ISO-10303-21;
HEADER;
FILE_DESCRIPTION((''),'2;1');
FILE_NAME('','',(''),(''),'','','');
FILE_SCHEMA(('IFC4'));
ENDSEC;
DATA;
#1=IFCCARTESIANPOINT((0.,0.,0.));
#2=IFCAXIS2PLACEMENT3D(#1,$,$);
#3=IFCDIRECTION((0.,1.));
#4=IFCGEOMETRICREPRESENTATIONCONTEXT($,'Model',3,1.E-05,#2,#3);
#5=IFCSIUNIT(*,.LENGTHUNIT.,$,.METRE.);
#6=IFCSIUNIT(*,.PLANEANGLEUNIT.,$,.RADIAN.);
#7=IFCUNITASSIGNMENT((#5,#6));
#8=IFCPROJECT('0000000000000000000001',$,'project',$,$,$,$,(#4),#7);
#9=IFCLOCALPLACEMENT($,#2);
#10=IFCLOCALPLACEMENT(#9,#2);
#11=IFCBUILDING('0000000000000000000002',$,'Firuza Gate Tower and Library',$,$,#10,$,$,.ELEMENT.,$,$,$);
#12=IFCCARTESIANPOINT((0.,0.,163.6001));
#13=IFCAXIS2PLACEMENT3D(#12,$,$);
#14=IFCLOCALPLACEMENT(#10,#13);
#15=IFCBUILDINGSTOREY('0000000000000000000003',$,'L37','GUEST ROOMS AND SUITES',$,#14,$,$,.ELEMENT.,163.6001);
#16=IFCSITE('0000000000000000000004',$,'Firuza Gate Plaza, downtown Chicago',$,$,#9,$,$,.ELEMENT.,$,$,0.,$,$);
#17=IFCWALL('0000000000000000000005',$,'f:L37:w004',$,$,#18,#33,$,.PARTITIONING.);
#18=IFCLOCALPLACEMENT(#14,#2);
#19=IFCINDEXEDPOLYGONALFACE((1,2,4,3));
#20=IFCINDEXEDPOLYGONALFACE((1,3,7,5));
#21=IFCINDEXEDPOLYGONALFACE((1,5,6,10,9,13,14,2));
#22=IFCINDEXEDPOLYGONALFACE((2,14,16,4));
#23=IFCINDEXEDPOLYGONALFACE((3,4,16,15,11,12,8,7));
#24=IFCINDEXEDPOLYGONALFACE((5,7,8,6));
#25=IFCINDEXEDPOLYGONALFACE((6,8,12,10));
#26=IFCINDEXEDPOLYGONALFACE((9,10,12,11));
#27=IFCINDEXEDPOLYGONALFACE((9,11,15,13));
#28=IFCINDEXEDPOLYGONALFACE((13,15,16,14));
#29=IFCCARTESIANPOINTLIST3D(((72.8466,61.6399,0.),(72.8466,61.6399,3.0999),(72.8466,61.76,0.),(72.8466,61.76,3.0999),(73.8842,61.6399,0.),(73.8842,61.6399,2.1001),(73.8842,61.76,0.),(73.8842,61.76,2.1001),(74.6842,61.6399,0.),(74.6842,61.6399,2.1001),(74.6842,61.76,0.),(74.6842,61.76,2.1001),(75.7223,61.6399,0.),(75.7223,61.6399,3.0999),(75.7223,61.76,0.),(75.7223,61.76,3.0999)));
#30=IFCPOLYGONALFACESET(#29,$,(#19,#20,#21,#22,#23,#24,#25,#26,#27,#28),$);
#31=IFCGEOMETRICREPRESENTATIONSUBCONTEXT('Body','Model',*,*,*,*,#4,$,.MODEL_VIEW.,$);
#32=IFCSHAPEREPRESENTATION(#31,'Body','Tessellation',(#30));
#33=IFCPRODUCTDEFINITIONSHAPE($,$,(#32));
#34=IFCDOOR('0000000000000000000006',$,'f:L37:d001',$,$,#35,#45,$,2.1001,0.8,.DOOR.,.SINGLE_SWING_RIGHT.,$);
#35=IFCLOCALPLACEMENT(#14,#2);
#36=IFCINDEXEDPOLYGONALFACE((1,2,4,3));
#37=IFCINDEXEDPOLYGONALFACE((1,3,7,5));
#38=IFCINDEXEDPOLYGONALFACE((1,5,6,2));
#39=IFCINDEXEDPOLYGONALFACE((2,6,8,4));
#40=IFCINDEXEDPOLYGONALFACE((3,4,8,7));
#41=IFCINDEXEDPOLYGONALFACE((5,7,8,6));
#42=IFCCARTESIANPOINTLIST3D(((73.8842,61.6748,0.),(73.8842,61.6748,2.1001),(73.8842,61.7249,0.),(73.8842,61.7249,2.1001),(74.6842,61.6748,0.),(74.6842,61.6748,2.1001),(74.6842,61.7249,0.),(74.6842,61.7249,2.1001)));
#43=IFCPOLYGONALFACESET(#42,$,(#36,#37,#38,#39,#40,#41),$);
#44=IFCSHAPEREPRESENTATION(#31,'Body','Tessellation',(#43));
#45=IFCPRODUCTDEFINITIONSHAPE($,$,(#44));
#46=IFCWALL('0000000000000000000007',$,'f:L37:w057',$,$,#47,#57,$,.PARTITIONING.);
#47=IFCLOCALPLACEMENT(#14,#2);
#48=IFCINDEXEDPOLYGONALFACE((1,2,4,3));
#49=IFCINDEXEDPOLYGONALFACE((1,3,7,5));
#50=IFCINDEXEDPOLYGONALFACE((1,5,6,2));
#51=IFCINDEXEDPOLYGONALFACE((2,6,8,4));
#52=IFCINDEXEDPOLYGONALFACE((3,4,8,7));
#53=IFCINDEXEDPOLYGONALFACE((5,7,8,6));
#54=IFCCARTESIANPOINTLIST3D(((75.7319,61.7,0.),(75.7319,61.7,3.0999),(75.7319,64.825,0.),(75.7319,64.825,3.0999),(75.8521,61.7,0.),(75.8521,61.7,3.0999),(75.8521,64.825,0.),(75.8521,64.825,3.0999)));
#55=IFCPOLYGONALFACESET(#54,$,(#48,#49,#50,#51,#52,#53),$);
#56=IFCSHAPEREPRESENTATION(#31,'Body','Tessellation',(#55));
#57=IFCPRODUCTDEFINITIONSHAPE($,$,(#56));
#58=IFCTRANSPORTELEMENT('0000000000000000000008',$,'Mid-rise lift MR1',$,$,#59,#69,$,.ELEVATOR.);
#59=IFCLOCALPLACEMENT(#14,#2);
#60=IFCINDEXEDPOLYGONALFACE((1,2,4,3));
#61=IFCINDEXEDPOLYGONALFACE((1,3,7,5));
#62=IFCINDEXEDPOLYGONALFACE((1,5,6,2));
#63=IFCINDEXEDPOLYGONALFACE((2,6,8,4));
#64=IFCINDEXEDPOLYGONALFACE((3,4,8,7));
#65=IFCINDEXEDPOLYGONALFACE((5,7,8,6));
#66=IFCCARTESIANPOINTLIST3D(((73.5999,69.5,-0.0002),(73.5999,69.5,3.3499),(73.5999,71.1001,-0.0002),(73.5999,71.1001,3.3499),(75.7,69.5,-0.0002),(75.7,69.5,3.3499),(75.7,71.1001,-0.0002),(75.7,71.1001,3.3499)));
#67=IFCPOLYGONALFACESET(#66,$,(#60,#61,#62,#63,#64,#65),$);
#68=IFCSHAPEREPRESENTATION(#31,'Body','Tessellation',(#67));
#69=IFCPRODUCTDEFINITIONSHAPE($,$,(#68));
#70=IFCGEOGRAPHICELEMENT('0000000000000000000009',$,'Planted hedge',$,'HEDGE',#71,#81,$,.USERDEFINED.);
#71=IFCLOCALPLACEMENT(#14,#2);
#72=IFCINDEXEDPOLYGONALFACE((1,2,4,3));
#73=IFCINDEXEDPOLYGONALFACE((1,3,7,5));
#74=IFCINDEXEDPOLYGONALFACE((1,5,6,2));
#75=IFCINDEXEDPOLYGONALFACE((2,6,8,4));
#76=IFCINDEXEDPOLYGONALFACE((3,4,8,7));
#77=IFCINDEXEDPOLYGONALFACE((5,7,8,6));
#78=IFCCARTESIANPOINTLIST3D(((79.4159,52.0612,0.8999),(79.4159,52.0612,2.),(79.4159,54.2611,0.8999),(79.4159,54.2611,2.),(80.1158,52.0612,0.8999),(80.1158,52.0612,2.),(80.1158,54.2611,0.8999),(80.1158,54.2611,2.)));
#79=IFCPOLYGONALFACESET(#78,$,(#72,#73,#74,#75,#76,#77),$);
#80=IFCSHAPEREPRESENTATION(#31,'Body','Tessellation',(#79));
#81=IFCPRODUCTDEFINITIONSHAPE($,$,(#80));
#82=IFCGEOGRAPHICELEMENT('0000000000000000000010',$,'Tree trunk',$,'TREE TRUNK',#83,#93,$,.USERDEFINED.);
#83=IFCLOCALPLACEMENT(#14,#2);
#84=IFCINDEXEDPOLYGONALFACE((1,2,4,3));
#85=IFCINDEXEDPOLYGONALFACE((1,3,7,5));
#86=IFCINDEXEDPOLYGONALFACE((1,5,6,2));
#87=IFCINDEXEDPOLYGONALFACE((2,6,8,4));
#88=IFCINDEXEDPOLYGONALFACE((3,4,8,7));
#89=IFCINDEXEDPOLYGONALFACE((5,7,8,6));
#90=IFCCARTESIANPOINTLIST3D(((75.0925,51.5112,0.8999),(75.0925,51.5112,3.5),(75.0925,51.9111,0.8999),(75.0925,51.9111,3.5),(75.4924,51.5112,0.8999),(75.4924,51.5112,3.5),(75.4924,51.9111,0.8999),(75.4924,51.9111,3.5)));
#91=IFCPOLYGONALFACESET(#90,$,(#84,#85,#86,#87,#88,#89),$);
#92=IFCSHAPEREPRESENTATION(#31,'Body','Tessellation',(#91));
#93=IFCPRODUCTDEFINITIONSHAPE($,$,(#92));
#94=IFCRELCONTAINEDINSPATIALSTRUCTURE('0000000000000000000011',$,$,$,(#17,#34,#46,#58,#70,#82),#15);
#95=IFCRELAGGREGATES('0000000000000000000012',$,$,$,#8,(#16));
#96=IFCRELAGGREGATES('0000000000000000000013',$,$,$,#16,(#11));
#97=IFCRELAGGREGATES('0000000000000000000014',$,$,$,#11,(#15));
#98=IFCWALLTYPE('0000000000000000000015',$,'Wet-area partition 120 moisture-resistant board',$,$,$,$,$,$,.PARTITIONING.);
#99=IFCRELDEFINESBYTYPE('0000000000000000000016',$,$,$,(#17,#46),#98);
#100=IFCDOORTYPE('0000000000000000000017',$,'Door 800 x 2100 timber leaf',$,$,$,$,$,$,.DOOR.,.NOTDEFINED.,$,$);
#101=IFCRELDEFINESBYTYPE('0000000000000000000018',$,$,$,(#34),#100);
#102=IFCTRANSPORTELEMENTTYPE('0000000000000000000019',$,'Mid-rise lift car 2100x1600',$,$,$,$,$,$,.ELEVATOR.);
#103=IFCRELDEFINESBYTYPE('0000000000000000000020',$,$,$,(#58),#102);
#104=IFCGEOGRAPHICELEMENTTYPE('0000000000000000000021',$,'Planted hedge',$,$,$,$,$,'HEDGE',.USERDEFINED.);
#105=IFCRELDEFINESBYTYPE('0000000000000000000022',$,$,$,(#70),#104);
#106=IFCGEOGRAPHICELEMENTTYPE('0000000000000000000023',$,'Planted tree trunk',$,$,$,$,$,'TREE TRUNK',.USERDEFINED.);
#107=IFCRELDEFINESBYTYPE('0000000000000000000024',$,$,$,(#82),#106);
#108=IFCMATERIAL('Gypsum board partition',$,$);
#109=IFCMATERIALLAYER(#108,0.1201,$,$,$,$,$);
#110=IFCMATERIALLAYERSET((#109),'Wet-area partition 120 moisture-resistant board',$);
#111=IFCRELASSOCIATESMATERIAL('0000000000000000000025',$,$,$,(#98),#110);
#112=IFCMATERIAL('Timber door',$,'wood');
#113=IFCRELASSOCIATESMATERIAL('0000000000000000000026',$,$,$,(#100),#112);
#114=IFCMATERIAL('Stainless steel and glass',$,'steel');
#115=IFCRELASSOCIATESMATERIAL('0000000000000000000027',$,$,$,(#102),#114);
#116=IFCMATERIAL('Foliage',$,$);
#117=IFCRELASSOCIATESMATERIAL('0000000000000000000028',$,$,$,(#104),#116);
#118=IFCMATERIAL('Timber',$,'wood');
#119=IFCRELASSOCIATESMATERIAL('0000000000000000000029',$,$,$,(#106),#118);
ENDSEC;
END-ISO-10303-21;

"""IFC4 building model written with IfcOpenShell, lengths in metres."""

from ifc_helpers import new_model, si_unit, direction, frame, frame_2d, origin, origin_2d, place, context, subcontext, project, spatial, rectangle, extrude, material, layer, layer_set, type_object, element, fill, save


model = new_model("IFC4")

# Units and contexts
model_context = context("Model", 3, precision=1e-05, world=origin(), true_north=direction((0.0, 1.0)))
body_context = subcontext(model_context, "Body", "Model", "MODEL_VIEW")
ifc_project = project(units=[si_unit("LENGTHUNIT", "METRE"), si_unit("PLANEANGLEUNIT", "RADIAN")], contexts=[model_context])

# Site, building, storey
site_placement = place(None, origin())
site = spatial("IfcSite", under=ifc_project, at=site_placement, Name="Firuza Gate Plaza, downtown Chicago", CompositionType="ELEMENT", RefElevation=0.0)
building_placement = place(site_placement, origin())
building = spatial("IfcBuilding", under=site, at=building_placement, Name="Firuza Gate Tower and Library", CompositionType="ELEMENT")
storey_placement = place(building_placement, frame((0.0, 0.0, 163.6001)))
storey = spatial("IfcBuildingStorey", under=building, at=storey_placement, Name="L37", Description="GUEST ROOMS AND SUITES", CompositionType="ELEMENT", Elevation=163.6001)

# Wall, opening, door
ifc_material_1 = material(Name="Gypsum board partition")
ifc_layer_1 = layer(ifc_material_1, 0.1201)
ifc_layer_set_1 = layer_set([ifc_layer_1], Name="Wet-area partition 120 moisture-resistant board")
wall_type_1 = type_object("IfcWallType", Name="Wet-area partition 120 moisture-resistant board", PredefinedType="PARTITIONING", material=ifc_layer_set_1)
wall_1_placement = place(storey_placement, frame((72.8464, 61.7, 0.0), z_axis=(0.0, 0.0, 1.0), x_axis=(1.0, 0.0, 0.0)))
wall_1 = element("IfcWall", 1, at=wall_1_placement, inside=storey, type_object=wall_type_1, Name="f:L37:w004", PredefinedType="PARTITIONING", context=body_context, shape_type="SweptSolid", body=[
    extrude(rectangle(XDim=2.8757, YDim=0.1201, at=frame_2d((1.438, 0.0))), origin(), (0.0, 0.0, 1.0), 3.0999),
])
opening_placement = place(wall_1_placement, frame((1.0378, 0.0, 0.0)))
opening = element("IfcOpeningElement", 2, at=opening_placement, cuts=wall_1, PredefinedType="OPENING", context=body_context, shape_type="SweptSolid", body=[
    extrude(rectangle(XDim=0.8, YDim=2.1001, at=frame_2d((0.3999, 1.05))), frame((0.0, 0.0701, 0.0), z_axis=(0.0, -1.0, 0.0), x_axis=(1.0, 0.0, 0.0)), (0.0, 0.0, 1.0), 0.1401),
])
ifc_material_2 = material(Name="Timber door", Category="wood")
door_type = type_object("IfcDoorType", Name="Door 800 x 2100 timber leaf", OperationType="NOTDEFINED", PredefinedType="DOOR", material=ifc_material_2)
door_placement = place(opening_placement, origin())
door = element("IfcDoor", 3, at=door_placement, inside=storey, type_object=door_type, Name="f:L37:d001", OperationType="SINGLE_SWING_RIGHT", OverallHeight=2.1001, OverallWidth=0.8, PredefinedType="DOOR", context=body_context, shape_type="SweptSolid", body=[
    extrude(rectangle(XDim=0.8, YDim=2.1001, at=frame_2d((0.3999, 1.05))), frame((0.0, 0.0249, 0.0), z_axis=(0.0, -1.0, 0.0), x_axis=(1.0, 0.0, 0.0)), (0.0, 0.0, 1.0), 0.05),
])
fill(opening, door)

# Wall
wall_2_placement = place(storey_placement, frame((75.792, 61.7, 0.0), z_axis=(0.0, 0.0, 1.0), x_axis=(0.0, 1.0, 0.0)))
element("IfcWall", 4, at=wall_2_placement, inside=storey, type_object=wall_type_1, Name="f:L37:w057", PredefinedType="PARTITIONING", context=body_context, shape_type="SweptSolid", body=[
    extrude(rectangle(XDim=3.125, YDim=0.1201, at=frame_2d((1.5625, 0.0))), origin(), (0.0, 0.0, 1.0), 3.0999),
])

# Transport element
ifc_material_3 = material(Name="Stainless steel and glass", Category="steel")
transport_element_type = type_object("IfcTransportElementType", Name="Mid-rise lift car 2100x1600", PredefinedType="ELEVATOR", material=ifc_material_3)
transport_element_placement = place(storey_placement, frame((74.6499, 70.3, -0.0002), z_axis=(0.0, 0.0, 1.0), x_axis=(1.0, 0.0, 0.0)))
element("IfcTransportElement", 5, at=transport_element_placement, inside=storey, type_object=transport_element_type, Name="Mid-rise lift MR1", PredefinedType="ELEVATOR", context=body_context, shape_type="SweptSolid", body=[
    extrude(rectangle(XDim=2.1001, YDim=1.6001, at=origin_2d()), origin(), (0.0, 0.0, 1.0), 3.3501),
])

# Geographic elements
ifc_material_4 = material(Name="Foliage")
geographic_element_type_1 = type_object("IfcGeographicElementType", Name="Planted hedge", ElementType="HEDGE", PredefinedType="USERDEFINED", material=ifc_material_4)
geographic_element_1_placement = place(storey_placement, frame((79.7659, 53.1611, 0.8999), z_axis=(0.0, 0.0, 1.0), x_axis=(0.0, 1.0, 0.0)))
element("IfcGeographicElement", 6, at=geographic_element_1_placement, inside=storey, type_object=geographic_element_type_1, Name="Planted hedge", ObjectType="HEDGE", PredefinedType="USERDEFINED", context=body_context, shape_type="SweptSolid", body=[
    extrude(rectangle(XDim=2.2, YDim=0.7, at=origin_2d()), origin(), (0.0, 0.0, 1.0), 1.1001),
])
ifc_material_5 = material(Name="Timber", Category="wood")
geographic_element_type_2 = type_object("IfcGeographicElementType", Name="Planted tree trunk", ElementType="TREE TRUNK", PredefinedType="USERDEFINED", material=ifc_material_5)
geographic_element_2_placement = place(storey_placement, frame((75.2925, 51.7112, 0.8999), z_axis=(0.0, 0.0, 1.0), x_axis=(1.0, 0.0, 0.0)))
element("IfcGeographicElement", 7, at=geographic_element_2_placement, inside=storey, type_object=geographic_element_type_2, Name="Tree trunk", ObjectType="TREE TRUNK", PredefinedType="USERDEFINED", context=body_context, shape_type="SweptSolid", body=[
    extrude(rectangle(XDim=0.3999, YDim=0.3999, at=origin_2d()), origin(), (0.0, 0.0, 1.0), 2.6001),
])

save(model, "model.ifc")
